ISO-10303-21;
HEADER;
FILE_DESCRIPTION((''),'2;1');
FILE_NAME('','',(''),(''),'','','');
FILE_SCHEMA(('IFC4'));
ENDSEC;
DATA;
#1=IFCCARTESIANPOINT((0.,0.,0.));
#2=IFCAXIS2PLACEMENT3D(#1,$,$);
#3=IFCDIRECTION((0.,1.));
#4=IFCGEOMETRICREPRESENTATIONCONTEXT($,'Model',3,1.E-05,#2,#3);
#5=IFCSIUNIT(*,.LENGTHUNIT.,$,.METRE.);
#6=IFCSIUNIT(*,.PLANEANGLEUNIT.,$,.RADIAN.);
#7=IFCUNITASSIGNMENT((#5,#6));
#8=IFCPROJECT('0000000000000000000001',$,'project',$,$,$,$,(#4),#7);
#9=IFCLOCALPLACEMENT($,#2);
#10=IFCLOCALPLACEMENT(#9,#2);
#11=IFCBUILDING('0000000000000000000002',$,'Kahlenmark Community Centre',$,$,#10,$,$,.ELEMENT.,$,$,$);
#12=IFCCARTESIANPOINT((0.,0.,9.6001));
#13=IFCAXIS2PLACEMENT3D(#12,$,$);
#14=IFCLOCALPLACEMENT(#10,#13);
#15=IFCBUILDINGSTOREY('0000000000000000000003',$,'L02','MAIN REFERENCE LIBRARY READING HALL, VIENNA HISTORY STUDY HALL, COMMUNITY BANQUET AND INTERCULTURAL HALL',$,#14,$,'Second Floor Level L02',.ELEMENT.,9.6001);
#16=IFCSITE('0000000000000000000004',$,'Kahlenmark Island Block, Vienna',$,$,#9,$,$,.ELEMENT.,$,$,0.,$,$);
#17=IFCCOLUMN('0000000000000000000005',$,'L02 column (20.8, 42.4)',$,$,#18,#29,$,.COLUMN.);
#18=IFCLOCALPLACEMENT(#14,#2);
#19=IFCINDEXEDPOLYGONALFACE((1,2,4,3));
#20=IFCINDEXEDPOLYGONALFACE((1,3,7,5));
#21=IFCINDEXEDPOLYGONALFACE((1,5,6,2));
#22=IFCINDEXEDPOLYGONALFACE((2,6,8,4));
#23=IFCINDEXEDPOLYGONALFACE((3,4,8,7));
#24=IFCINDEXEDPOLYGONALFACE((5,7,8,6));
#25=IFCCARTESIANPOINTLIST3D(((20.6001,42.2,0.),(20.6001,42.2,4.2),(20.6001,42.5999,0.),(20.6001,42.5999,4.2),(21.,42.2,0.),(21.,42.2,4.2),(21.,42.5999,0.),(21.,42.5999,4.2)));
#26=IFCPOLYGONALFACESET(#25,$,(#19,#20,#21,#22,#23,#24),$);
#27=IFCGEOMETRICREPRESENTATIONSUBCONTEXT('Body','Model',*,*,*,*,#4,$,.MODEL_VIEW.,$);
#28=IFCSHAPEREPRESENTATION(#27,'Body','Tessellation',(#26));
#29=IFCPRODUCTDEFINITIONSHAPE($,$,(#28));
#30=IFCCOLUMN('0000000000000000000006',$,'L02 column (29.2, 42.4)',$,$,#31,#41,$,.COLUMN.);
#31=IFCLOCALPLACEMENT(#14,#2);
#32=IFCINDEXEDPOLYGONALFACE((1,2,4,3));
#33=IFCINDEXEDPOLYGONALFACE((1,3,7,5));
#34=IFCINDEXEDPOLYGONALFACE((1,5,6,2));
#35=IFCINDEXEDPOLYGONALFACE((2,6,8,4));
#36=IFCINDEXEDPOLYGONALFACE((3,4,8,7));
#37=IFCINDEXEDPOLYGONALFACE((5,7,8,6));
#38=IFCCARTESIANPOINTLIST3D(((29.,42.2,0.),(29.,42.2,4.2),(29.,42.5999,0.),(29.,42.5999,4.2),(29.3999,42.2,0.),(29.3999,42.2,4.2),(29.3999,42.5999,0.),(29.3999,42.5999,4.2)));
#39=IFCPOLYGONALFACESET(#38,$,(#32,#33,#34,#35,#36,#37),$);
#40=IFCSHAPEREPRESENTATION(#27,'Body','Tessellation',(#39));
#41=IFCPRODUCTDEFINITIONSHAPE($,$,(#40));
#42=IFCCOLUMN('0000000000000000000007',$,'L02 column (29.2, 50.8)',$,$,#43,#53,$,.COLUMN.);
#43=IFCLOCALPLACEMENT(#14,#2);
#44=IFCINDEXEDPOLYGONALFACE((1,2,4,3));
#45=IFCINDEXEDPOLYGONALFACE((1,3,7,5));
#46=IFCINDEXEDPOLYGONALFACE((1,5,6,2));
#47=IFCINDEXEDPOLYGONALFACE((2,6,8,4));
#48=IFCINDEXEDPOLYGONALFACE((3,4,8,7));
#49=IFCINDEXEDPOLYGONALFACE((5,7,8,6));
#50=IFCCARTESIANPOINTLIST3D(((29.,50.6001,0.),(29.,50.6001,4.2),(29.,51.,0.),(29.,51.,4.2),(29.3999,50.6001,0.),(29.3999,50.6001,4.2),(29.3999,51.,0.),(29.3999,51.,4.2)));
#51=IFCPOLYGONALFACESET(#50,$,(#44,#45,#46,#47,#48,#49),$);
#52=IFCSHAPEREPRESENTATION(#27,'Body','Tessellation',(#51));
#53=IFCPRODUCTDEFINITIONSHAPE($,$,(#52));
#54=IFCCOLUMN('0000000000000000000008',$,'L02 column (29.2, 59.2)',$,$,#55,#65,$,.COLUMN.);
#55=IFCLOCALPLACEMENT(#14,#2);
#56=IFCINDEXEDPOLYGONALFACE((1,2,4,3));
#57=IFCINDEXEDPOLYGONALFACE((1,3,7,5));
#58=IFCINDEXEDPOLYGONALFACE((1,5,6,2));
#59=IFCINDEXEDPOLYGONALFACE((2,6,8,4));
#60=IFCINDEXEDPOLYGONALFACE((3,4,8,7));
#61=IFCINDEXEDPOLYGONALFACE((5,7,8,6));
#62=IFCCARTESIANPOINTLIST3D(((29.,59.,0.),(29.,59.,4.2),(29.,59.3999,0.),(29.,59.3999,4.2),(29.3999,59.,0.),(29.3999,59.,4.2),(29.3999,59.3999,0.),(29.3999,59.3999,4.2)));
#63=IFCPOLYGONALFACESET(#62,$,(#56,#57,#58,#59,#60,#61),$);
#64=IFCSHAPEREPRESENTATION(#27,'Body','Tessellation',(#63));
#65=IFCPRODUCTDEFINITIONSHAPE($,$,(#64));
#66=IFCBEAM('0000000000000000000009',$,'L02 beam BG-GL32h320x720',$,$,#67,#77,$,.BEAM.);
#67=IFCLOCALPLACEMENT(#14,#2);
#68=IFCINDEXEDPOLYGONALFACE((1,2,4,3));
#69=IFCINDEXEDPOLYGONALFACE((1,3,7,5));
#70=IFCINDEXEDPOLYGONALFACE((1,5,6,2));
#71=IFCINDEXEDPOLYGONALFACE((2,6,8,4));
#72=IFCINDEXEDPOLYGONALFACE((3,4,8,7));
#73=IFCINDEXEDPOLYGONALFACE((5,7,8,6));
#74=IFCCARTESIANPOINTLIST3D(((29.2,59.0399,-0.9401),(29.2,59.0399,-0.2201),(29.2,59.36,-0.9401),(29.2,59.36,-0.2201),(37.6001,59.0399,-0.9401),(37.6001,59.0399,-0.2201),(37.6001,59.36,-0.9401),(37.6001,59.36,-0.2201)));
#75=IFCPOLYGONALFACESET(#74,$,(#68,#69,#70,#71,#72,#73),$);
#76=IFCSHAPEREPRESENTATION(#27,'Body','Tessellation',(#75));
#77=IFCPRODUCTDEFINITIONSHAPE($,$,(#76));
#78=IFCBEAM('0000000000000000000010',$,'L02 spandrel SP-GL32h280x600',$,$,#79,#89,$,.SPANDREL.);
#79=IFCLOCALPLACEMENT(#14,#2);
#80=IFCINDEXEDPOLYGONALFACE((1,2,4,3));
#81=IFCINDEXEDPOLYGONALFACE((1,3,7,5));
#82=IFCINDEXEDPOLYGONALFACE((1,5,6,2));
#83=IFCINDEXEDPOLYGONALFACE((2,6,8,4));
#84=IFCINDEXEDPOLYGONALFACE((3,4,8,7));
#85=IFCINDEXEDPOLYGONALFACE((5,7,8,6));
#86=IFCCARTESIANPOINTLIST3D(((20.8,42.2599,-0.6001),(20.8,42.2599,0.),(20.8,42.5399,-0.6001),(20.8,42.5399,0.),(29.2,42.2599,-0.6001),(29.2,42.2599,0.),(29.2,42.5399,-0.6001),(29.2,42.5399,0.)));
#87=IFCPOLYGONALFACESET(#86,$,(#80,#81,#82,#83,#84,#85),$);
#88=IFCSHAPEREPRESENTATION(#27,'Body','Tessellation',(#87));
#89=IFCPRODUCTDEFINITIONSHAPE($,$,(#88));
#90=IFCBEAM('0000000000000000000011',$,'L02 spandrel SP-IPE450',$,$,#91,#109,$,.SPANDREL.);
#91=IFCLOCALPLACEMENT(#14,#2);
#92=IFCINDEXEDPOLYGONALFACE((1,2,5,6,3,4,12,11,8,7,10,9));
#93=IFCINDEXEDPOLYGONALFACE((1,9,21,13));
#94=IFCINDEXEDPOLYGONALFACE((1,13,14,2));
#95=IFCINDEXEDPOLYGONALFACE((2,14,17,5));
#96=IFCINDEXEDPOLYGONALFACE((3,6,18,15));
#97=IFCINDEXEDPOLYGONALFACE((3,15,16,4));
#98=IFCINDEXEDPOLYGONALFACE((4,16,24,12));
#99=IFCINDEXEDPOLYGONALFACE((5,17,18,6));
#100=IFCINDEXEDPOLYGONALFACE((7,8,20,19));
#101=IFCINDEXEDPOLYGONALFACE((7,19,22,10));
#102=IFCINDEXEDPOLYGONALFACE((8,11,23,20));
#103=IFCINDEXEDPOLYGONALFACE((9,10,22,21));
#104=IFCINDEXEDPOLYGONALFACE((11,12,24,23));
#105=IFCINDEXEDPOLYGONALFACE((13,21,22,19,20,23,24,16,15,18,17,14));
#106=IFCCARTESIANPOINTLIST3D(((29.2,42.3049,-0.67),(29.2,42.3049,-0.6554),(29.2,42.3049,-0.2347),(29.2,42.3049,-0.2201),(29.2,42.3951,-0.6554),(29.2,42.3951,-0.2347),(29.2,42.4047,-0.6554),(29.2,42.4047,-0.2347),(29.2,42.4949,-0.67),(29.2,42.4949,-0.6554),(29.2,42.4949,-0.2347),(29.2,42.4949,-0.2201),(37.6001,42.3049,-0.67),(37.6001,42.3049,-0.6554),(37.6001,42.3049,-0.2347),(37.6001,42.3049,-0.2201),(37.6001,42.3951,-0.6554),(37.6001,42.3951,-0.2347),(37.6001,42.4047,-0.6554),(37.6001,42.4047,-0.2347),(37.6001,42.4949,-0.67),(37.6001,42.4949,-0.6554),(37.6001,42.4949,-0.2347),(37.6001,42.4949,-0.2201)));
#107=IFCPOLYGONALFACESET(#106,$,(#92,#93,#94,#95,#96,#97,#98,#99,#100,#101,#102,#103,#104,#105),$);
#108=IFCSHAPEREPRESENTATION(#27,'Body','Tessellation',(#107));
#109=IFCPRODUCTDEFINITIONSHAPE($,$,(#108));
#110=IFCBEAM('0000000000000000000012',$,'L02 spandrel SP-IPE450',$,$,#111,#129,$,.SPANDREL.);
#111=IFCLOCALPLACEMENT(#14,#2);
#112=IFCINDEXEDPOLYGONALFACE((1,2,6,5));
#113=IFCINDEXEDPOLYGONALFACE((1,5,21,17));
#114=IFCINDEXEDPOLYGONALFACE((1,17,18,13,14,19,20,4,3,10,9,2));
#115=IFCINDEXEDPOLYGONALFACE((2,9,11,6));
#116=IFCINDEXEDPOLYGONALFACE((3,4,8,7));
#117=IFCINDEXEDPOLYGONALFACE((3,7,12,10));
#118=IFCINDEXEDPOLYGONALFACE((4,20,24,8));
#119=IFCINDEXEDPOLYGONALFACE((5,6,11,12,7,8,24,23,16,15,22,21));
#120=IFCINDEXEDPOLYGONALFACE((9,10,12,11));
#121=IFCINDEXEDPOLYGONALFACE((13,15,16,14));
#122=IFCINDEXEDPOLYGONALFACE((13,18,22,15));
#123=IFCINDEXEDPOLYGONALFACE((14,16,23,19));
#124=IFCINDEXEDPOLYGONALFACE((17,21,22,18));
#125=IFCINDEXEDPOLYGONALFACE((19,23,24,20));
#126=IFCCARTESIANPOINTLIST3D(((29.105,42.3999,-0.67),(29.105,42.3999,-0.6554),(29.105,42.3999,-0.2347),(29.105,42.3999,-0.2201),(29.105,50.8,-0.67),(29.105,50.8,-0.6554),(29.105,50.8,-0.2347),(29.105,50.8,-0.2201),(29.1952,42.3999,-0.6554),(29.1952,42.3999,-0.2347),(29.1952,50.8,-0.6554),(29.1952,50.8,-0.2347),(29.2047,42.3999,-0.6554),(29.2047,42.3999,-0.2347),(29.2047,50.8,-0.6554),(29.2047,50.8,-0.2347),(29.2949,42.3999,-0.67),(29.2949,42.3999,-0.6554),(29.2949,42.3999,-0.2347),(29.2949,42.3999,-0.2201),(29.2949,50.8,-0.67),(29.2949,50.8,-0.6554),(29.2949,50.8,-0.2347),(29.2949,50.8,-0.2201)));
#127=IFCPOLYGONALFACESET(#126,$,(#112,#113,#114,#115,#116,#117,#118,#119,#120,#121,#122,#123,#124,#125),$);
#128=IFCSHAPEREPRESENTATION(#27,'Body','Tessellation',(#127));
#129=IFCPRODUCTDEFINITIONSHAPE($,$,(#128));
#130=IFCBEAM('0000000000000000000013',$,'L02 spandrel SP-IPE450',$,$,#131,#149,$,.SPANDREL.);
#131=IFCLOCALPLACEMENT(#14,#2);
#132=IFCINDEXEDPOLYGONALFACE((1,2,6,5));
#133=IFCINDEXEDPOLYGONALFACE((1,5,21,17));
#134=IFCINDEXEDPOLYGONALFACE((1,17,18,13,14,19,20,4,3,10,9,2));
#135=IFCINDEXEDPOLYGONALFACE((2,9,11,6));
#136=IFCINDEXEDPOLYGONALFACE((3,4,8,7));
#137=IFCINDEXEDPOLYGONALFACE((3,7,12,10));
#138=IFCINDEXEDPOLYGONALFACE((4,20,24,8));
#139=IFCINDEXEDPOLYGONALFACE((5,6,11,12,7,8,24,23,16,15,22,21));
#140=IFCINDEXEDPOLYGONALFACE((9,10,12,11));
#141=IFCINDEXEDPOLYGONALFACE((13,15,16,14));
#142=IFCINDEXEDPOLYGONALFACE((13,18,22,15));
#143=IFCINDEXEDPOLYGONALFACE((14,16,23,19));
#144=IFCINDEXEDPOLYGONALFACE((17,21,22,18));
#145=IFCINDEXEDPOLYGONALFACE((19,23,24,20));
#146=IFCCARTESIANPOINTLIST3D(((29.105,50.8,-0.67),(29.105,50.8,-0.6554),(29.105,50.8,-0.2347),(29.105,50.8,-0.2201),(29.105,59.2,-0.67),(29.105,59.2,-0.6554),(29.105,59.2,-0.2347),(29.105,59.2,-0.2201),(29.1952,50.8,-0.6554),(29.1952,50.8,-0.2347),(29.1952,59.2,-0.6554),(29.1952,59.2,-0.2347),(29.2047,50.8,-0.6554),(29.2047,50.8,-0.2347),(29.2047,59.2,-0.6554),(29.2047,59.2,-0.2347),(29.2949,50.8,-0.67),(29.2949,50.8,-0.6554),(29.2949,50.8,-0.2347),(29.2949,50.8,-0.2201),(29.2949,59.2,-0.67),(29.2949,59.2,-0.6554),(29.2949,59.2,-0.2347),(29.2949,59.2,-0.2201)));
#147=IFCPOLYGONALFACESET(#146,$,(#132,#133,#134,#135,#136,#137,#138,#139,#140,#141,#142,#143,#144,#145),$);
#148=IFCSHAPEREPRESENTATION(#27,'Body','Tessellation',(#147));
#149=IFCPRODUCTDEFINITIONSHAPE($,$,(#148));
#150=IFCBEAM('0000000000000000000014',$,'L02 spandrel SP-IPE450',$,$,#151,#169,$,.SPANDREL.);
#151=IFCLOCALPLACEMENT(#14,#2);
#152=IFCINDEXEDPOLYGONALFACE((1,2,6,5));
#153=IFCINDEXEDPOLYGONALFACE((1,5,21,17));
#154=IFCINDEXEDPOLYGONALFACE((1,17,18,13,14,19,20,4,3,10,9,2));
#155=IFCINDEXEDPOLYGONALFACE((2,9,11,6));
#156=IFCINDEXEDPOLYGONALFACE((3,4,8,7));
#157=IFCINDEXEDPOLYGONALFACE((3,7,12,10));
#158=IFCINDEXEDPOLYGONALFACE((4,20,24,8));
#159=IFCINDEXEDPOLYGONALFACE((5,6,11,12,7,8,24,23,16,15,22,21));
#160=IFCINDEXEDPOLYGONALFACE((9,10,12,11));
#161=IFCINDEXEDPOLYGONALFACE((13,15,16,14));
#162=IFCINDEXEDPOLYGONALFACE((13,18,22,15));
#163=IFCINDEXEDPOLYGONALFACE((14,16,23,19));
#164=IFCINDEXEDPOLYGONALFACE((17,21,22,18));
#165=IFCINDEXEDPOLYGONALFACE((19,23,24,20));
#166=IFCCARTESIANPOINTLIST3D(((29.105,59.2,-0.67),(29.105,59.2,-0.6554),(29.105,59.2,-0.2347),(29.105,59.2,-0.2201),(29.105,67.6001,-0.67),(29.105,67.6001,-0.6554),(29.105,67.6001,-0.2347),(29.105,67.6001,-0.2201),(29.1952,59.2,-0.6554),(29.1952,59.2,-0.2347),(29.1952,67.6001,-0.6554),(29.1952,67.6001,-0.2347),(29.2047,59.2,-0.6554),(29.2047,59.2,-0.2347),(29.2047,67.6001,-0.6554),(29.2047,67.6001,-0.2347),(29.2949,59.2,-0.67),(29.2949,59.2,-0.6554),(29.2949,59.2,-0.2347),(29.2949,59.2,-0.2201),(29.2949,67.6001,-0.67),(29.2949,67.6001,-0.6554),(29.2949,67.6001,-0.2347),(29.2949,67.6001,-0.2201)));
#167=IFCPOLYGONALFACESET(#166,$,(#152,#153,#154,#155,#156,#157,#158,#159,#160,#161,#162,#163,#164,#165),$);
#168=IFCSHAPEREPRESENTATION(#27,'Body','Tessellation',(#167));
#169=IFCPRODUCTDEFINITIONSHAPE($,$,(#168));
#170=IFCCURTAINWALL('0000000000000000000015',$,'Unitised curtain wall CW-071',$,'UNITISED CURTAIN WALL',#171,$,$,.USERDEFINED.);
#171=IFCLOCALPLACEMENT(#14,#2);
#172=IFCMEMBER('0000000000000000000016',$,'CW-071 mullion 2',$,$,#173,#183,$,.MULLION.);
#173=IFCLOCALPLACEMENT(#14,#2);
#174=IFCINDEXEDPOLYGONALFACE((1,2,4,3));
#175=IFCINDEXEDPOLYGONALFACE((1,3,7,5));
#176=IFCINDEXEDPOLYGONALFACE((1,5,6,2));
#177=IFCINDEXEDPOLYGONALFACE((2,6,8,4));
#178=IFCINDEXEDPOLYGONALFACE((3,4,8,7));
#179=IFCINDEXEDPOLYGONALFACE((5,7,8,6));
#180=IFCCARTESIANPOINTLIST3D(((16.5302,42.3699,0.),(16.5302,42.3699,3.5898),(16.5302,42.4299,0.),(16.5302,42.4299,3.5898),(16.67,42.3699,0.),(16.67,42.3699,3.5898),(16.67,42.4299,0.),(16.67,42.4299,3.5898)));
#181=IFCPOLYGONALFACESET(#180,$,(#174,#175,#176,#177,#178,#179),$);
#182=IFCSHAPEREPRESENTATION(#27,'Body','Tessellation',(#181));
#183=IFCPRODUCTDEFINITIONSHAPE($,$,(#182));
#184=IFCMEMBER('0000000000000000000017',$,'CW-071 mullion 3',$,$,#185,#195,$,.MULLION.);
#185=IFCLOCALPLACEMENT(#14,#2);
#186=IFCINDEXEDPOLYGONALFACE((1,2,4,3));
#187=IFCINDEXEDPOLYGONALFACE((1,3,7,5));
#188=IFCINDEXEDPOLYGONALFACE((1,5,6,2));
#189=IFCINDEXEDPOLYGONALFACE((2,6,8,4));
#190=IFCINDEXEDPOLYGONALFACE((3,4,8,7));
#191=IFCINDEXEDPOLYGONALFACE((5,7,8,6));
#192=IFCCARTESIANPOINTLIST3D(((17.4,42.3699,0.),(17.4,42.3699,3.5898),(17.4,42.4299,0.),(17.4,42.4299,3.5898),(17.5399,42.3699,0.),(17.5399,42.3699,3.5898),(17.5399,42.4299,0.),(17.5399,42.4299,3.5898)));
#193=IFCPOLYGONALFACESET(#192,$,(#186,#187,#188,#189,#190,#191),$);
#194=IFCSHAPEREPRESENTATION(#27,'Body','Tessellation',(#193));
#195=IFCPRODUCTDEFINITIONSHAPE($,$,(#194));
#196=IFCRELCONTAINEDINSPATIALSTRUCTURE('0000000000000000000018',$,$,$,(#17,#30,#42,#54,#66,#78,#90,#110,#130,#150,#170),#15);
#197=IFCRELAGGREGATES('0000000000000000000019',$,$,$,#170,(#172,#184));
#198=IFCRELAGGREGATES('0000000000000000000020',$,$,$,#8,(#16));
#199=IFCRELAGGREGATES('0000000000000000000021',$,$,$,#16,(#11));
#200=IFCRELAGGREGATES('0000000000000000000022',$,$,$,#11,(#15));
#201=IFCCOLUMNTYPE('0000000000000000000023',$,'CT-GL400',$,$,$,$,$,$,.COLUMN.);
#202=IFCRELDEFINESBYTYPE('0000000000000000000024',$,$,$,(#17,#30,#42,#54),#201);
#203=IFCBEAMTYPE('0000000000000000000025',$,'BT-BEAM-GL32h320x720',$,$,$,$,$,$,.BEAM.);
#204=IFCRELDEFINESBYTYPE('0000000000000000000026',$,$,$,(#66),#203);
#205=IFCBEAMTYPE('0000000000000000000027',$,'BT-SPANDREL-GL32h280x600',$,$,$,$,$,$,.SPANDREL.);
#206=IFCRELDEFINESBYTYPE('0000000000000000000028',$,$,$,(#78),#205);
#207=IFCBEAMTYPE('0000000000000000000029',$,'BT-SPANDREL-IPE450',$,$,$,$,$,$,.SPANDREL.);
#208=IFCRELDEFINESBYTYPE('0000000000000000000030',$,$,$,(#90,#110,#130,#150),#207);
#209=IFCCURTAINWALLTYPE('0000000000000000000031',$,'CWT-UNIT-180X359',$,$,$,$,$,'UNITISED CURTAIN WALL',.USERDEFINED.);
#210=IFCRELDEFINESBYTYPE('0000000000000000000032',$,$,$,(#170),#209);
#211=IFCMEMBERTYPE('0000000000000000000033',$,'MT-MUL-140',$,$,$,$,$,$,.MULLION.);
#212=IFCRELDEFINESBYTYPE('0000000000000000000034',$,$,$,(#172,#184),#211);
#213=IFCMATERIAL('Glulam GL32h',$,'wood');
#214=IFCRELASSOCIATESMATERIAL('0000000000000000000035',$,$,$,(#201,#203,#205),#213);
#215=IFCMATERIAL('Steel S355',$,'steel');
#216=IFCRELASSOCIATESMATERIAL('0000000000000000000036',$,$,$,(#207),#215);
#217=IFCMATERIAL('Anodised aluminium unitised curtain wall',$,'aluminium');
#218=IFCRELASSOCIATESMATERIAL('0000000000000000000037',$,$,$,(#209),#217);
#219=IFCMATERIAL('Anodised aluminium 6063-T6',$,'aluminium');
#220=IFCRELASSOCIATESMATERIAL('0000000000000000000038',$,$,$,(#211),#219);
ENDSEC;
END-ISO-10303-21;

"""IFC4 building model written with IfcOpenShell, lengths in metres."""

from ifc_helpers import new_model, si_unit, direction, frame, origin, origin_2d, place, context, subcontext, project, spatial, rectangle, i_section, extrude, material, material_profile, profile_set, type_object, element, aggregate, save


model = new_model("IFC4")

# Units and contexts
model_context = context("Model", 3, precision=1e-05, world=origin(), true_north=direction((0.0, 1.0)))
body_context = subcontext(model_context, "Body", "Model", "MODEL_VIEW")
ifc_project = project(units=[si_unit("LENGTHUNIT", "METRE"), si_unit("PLANEANGLEUNIT", "RADIAN")], contexts=[model_context])

# Site, building, storey
site_placement = place(None, origin())
site = spatial("IfcSite", under=ifc_project, at=site_placement, Name="Kahlenmark Island Block, Vienna", CompositionType="ELEMENT", RefElevation=0.0)
building_placement = place(site_placement, origin())
building = spatial("IfcBuilding", under=site, at=building_placement, Name="Kahlenmark Community Centre", CompositionType="ELEMENT")
storey_placement = place(building_placement, frame((0.0, 0.0, 9.6001)))
storey = spatial("IfcBuildingStorey", under=building, at=storey_placement, Name="L02", Description="MAIN REFERENCE LIBRARY READING HALL, VIENNA HISTORY STUDY HALL, COMMUNITY BANQUET AND INTERCULTURAL HALL", LongName="Second Floor Level L02", CompositionType="ELEMENT", Elevation=9.6001)

# Columns
ifc_material_1 = material(Name="Glulam GL32h", Category="wood")
ifc_material_profile_1 = material_profile(ifc_material_1, rectangle(XDim=0.3999, YDim=0.3999, at=origin_2d()), Name="GL32h 400x400")
ifc_profile_set_1 = profile_set([ifc_material_profile_1], Name="Glulam GL32h")
column_type = type_object("IfcColumnType", Name="CT-GL400", PredefinedType="COLUMN", material=ifc_profile_set_1)
for number, where, z_axis, x_axis, name in (
    (1, (20.8, 42.3999, 0.0), (0.0, 0.0, 1.0), (1.0, 0.0, 0.0), "L02 column (20.8, 42.4)"),
    (2, (29.2, 42.3999, 0.0), (0.0, 0.0, 1.0), (1.0, 0.0, 0.0), "L02 column (29.2, 42.4)"),
    (3, (29.2, 50.8, 0.0), (0.0, 0.0, 1.0), (1.0, 0.0, 0.0), "L02 column (29.2, 50.8)"),
    (4, (29.2, 59.2, 0.0), (0.0, 0.0, 1.0), (1.0, 0.0, 0.0), "L02 column (29.2, 59.2)"),
):
    element("IfcColumn", number, at=place(storey_placement, frame(where, z_axis=z_axis, x_axis=x_axis)), inside=storey, type_object=column_type, Name=name, PredefinedType="COLUMN", context=body_context, shape_type="SweptSolid", body=[
        extrude(rectangle(XDim=0.3999, YDim=0.3999, at=origin_2d()), origin(), (0.0, 0.0, 1.0), 4.2),
    ])

# Beams
ifc_material_profile_2 = material_profile(ifc_material_1, rectangle(XDim=0.3201, YDim=0.72, at=origin_2d()), Name="GL32h 320x720")
ifc_profile_set_2 = profile_set([ifc_material_profile_2], Name="Glulam GL32h")
beam_type_1 = type_object("IfcBeamType", Name="BT-BEAM-GL32h320x720", PredefinedType="BEAM", material=ifc_profile_set_2)
beam_1_placement = place(storey_placement, frame((29.2, 59.2, -0.5801), z_axis=(1.0, 0.0, 0.0), x_axis=(0.0, 1.0, 0.0)))
element("IfcBeam", 5, at=beam_1_placement, inside=storey, type_object=beam_type_1, Name="L02 beam BG-GL32h320x720", PredefinedType="BEAM", context=body_context, shape_type="SweptSolid", body=[
    extrude(rectangle(XDim=0.3201, YDim=0.72, at=origin_2d()), origin(), (0.0, 0.0, 1.0), 8.4001),
])
ifc_material_profile_3 = material_profile(ifc_material_1, rectangle(XDim=0.28, YDim=0.6001, at=origin_2d()), Name="GL32h 280x600")
ifc_profile_set_3 = profile_set([ifc_material_profile_3], Name="Glulam GL32h")
beam_type_2 = type_object("IfcBeamType", Name="BT-SPANDREL-GL32h280x600", PredefinedType="SPANDREL", material=ifc_profile_set_3)
beam_2_placement = place(storey_placement, frame((20.8, 42.3999, -0.3), z_axis=(1.0, 0.0, 0.0), x_axis=(0.0, 1.0, 0.0)))
element("IfcBeam", 6, at=beam_2_placement, inside=storey, type_object=beam_type_2, Name="L02 spandrel SP-GL32h280x600", PredefinedType="SPANDREL", context=body_context, shape_type="SweptSolid", body=[
    extrude(rectangle(XDim=0.28, YDim=0.6001, at=origin_2d()), origin(), (0.0, 0.0, 1.0), 8.3999),
])
ifc_material_2 = material(Name="Steel S355", Category="steel")
ifc_material_profile_4 = material_profile(ifc_material_2, i_section(OverallWidth=0.1899, OverallDepth=0.45, WebThickness=0.0095, FlangeThickness=0.0146, at=origin_2d()), Name="IPE 450")
ifc_profile_set_4 = profile_set([ifc_material_profile_4], Name="Steel S355")
beam_type_3 = type_object("IfcBeamType", Name="BT-SPANDREL-IPE450", PredefinedType="SPANDREL", material=ifc_profile_set_4)
for number, where, z_axis, x_axis, name in (
    (7, (29.2, 42.3999, -0.4451), (1.0, 0.0, 0.0), (0.0, 1.0, 0.0), "L02 spandrel SP-IPE450"),
    (8, (29.2, 42.3999, -0.4451), (0.0, 1.0, 0.0), (-1.0, 0.0, 0.0), "L02 spandrel SP-IPE450"),
):
    element("IfcBeam", number, at=place(storey_placement, frame(where, z_axis=z_axis, x_axis=x_axis)), inside=storey, type_object=beam_type_3, Name=name, PredefinedType="SPANDREL", context=body_context, shape_type="SweptSolid", body=[
        extrude(i_section(OverallWidth=0.1899, OverallDepth=0.45, WebThickness=0.0095, FlangeThickness=0.0146, at=origin_2d()), origin(), (0.0, 0.0, 1.0), 8.4001),
    ])
beam_3_placement = place(storey_placement, frame((29.2, 50.8, -0.4451), z_axis=(0.0, 1.0, 0.0), x_axis=(-1.0, 0.0, 0.0)))
element("IfcBeam", 9, at=beam_3_placement, inside=storey, type_object=beam_type_3, Name="L02 spandrel SP-IPE450", PredefinedType="SPANDREL", context=body_context, shape_type="SweptSolid", body=[
    extrude(i_section(OverallWidth=0.1899, OverallDepth=0.45, WebThickness=0.0095, FlangeThickness=0.0146, at=origin_2d()), origin(), (0.0, 0.0, 1.0), 8.3999),
])
beam_4_placement = place(storey_placement, frame((29.2, 59.2, -0.4451), z_axis=(0.0, 1.0, 0.0), x_axis=(-1.0, 0.0, 0.0)))
element("IfcBeam", 10, at=beam_4_placement, inside=storey, type_object=beam_type_3, Name="L02 spandrel SP-IPE450", PredefinedType="SPANDREL", context=body_context, shape_type="SweptSolid", body=[
    extrude(i_section(OverallWidth=0.1899, OverallDepth=0.45, WebThickness=0.0095, FlangeThickness=0.0146, at=origin_2d()), origin(), (0.0, 0.0, 1.0), 8.4001),
])

# Curtain wall, members
ifc_material_3 = material(Name="Anodised aluminium unitised curtain wall", Category="aluminium")
curtain_wall_type_1 = type_object("IfcCurtainWallType", Name="CWT-UNIT-180X359", ElementType="UNITISED CURTAIN WALL", PredefinedType="USERDEFINED", material=ifc_material_3)
curtain_wall_1_placement = place(storey_placement, origin())
curtain_wall_1 = element("IfcCurtainWall", 11, at=curtain_wall_1_placement, inside=storey, type_object=curtain_wall_type_1, Name="Unitised curtain wall CW-071", ObjectType="UNITISED CURTAIN WALL", PredefinedType="USERDEFINED")
ifc_material_4 = material(Name="Anodised aluminium 6063-T6", Category="aluminium")
ifc_material_profile_5 = material_profile(ifc_material_4, rectangle(XDim=0.0601, YDim=0.1399, at=origin_2d()), Name="ALU MULLION 60x140")
ifc_profile_set_5 = profile_set([ifc_material_profile_5], Name="Anodised aluminium 6063-T6")
member_type_1 = type_object("IfcMemberType", Name="MT-MUL-140", PredefinedType="MULLION", material=ifc_profile_set_5)
member_1_placement = place(storey_placement, frame((16.6001, 42.3999, 0.0), z_axis=(0.0, 0.0, 1.0), x_axis=(0.0, 1.0, 0.0)))
member_1 = element("IfcMember", 12, at=member_1_placement, type_object=member_type_1, Name="CW-071 mullion 2", PredefinedType="MULLION", context=body_context, shape_type="SweptSolid", body=[
    extrude(rectangle(XDim=0.0601, YDim=0.1399, at=origin_2d()), origin(), (0.0, 0.0, 1.0), 3.5898),
])
member_2_placement = place(storey_placement, frame((17.47, 42.3999, 0.0), z_axis=(0.0, 0.0, 1.0), x_axis=(0.0, 1.0, 0.0)))
member_2 = element("IfcMember", 13, at=member_2_placement, type_object=member_type_1, Name="CW-071 mullion 3", PredefinedType="MULLION", context=body_context, shape_type="SweptSolid", body=[
    extrude(rectangle(XDim=0.0601, YDim=0.1399, at=origin_2d()), origin(), (0.0, 0.0, 1.0), 3.5898),
])

aggregate(curtain_wall_1, [member_1, member_2])

save(model, "model.ifc")
